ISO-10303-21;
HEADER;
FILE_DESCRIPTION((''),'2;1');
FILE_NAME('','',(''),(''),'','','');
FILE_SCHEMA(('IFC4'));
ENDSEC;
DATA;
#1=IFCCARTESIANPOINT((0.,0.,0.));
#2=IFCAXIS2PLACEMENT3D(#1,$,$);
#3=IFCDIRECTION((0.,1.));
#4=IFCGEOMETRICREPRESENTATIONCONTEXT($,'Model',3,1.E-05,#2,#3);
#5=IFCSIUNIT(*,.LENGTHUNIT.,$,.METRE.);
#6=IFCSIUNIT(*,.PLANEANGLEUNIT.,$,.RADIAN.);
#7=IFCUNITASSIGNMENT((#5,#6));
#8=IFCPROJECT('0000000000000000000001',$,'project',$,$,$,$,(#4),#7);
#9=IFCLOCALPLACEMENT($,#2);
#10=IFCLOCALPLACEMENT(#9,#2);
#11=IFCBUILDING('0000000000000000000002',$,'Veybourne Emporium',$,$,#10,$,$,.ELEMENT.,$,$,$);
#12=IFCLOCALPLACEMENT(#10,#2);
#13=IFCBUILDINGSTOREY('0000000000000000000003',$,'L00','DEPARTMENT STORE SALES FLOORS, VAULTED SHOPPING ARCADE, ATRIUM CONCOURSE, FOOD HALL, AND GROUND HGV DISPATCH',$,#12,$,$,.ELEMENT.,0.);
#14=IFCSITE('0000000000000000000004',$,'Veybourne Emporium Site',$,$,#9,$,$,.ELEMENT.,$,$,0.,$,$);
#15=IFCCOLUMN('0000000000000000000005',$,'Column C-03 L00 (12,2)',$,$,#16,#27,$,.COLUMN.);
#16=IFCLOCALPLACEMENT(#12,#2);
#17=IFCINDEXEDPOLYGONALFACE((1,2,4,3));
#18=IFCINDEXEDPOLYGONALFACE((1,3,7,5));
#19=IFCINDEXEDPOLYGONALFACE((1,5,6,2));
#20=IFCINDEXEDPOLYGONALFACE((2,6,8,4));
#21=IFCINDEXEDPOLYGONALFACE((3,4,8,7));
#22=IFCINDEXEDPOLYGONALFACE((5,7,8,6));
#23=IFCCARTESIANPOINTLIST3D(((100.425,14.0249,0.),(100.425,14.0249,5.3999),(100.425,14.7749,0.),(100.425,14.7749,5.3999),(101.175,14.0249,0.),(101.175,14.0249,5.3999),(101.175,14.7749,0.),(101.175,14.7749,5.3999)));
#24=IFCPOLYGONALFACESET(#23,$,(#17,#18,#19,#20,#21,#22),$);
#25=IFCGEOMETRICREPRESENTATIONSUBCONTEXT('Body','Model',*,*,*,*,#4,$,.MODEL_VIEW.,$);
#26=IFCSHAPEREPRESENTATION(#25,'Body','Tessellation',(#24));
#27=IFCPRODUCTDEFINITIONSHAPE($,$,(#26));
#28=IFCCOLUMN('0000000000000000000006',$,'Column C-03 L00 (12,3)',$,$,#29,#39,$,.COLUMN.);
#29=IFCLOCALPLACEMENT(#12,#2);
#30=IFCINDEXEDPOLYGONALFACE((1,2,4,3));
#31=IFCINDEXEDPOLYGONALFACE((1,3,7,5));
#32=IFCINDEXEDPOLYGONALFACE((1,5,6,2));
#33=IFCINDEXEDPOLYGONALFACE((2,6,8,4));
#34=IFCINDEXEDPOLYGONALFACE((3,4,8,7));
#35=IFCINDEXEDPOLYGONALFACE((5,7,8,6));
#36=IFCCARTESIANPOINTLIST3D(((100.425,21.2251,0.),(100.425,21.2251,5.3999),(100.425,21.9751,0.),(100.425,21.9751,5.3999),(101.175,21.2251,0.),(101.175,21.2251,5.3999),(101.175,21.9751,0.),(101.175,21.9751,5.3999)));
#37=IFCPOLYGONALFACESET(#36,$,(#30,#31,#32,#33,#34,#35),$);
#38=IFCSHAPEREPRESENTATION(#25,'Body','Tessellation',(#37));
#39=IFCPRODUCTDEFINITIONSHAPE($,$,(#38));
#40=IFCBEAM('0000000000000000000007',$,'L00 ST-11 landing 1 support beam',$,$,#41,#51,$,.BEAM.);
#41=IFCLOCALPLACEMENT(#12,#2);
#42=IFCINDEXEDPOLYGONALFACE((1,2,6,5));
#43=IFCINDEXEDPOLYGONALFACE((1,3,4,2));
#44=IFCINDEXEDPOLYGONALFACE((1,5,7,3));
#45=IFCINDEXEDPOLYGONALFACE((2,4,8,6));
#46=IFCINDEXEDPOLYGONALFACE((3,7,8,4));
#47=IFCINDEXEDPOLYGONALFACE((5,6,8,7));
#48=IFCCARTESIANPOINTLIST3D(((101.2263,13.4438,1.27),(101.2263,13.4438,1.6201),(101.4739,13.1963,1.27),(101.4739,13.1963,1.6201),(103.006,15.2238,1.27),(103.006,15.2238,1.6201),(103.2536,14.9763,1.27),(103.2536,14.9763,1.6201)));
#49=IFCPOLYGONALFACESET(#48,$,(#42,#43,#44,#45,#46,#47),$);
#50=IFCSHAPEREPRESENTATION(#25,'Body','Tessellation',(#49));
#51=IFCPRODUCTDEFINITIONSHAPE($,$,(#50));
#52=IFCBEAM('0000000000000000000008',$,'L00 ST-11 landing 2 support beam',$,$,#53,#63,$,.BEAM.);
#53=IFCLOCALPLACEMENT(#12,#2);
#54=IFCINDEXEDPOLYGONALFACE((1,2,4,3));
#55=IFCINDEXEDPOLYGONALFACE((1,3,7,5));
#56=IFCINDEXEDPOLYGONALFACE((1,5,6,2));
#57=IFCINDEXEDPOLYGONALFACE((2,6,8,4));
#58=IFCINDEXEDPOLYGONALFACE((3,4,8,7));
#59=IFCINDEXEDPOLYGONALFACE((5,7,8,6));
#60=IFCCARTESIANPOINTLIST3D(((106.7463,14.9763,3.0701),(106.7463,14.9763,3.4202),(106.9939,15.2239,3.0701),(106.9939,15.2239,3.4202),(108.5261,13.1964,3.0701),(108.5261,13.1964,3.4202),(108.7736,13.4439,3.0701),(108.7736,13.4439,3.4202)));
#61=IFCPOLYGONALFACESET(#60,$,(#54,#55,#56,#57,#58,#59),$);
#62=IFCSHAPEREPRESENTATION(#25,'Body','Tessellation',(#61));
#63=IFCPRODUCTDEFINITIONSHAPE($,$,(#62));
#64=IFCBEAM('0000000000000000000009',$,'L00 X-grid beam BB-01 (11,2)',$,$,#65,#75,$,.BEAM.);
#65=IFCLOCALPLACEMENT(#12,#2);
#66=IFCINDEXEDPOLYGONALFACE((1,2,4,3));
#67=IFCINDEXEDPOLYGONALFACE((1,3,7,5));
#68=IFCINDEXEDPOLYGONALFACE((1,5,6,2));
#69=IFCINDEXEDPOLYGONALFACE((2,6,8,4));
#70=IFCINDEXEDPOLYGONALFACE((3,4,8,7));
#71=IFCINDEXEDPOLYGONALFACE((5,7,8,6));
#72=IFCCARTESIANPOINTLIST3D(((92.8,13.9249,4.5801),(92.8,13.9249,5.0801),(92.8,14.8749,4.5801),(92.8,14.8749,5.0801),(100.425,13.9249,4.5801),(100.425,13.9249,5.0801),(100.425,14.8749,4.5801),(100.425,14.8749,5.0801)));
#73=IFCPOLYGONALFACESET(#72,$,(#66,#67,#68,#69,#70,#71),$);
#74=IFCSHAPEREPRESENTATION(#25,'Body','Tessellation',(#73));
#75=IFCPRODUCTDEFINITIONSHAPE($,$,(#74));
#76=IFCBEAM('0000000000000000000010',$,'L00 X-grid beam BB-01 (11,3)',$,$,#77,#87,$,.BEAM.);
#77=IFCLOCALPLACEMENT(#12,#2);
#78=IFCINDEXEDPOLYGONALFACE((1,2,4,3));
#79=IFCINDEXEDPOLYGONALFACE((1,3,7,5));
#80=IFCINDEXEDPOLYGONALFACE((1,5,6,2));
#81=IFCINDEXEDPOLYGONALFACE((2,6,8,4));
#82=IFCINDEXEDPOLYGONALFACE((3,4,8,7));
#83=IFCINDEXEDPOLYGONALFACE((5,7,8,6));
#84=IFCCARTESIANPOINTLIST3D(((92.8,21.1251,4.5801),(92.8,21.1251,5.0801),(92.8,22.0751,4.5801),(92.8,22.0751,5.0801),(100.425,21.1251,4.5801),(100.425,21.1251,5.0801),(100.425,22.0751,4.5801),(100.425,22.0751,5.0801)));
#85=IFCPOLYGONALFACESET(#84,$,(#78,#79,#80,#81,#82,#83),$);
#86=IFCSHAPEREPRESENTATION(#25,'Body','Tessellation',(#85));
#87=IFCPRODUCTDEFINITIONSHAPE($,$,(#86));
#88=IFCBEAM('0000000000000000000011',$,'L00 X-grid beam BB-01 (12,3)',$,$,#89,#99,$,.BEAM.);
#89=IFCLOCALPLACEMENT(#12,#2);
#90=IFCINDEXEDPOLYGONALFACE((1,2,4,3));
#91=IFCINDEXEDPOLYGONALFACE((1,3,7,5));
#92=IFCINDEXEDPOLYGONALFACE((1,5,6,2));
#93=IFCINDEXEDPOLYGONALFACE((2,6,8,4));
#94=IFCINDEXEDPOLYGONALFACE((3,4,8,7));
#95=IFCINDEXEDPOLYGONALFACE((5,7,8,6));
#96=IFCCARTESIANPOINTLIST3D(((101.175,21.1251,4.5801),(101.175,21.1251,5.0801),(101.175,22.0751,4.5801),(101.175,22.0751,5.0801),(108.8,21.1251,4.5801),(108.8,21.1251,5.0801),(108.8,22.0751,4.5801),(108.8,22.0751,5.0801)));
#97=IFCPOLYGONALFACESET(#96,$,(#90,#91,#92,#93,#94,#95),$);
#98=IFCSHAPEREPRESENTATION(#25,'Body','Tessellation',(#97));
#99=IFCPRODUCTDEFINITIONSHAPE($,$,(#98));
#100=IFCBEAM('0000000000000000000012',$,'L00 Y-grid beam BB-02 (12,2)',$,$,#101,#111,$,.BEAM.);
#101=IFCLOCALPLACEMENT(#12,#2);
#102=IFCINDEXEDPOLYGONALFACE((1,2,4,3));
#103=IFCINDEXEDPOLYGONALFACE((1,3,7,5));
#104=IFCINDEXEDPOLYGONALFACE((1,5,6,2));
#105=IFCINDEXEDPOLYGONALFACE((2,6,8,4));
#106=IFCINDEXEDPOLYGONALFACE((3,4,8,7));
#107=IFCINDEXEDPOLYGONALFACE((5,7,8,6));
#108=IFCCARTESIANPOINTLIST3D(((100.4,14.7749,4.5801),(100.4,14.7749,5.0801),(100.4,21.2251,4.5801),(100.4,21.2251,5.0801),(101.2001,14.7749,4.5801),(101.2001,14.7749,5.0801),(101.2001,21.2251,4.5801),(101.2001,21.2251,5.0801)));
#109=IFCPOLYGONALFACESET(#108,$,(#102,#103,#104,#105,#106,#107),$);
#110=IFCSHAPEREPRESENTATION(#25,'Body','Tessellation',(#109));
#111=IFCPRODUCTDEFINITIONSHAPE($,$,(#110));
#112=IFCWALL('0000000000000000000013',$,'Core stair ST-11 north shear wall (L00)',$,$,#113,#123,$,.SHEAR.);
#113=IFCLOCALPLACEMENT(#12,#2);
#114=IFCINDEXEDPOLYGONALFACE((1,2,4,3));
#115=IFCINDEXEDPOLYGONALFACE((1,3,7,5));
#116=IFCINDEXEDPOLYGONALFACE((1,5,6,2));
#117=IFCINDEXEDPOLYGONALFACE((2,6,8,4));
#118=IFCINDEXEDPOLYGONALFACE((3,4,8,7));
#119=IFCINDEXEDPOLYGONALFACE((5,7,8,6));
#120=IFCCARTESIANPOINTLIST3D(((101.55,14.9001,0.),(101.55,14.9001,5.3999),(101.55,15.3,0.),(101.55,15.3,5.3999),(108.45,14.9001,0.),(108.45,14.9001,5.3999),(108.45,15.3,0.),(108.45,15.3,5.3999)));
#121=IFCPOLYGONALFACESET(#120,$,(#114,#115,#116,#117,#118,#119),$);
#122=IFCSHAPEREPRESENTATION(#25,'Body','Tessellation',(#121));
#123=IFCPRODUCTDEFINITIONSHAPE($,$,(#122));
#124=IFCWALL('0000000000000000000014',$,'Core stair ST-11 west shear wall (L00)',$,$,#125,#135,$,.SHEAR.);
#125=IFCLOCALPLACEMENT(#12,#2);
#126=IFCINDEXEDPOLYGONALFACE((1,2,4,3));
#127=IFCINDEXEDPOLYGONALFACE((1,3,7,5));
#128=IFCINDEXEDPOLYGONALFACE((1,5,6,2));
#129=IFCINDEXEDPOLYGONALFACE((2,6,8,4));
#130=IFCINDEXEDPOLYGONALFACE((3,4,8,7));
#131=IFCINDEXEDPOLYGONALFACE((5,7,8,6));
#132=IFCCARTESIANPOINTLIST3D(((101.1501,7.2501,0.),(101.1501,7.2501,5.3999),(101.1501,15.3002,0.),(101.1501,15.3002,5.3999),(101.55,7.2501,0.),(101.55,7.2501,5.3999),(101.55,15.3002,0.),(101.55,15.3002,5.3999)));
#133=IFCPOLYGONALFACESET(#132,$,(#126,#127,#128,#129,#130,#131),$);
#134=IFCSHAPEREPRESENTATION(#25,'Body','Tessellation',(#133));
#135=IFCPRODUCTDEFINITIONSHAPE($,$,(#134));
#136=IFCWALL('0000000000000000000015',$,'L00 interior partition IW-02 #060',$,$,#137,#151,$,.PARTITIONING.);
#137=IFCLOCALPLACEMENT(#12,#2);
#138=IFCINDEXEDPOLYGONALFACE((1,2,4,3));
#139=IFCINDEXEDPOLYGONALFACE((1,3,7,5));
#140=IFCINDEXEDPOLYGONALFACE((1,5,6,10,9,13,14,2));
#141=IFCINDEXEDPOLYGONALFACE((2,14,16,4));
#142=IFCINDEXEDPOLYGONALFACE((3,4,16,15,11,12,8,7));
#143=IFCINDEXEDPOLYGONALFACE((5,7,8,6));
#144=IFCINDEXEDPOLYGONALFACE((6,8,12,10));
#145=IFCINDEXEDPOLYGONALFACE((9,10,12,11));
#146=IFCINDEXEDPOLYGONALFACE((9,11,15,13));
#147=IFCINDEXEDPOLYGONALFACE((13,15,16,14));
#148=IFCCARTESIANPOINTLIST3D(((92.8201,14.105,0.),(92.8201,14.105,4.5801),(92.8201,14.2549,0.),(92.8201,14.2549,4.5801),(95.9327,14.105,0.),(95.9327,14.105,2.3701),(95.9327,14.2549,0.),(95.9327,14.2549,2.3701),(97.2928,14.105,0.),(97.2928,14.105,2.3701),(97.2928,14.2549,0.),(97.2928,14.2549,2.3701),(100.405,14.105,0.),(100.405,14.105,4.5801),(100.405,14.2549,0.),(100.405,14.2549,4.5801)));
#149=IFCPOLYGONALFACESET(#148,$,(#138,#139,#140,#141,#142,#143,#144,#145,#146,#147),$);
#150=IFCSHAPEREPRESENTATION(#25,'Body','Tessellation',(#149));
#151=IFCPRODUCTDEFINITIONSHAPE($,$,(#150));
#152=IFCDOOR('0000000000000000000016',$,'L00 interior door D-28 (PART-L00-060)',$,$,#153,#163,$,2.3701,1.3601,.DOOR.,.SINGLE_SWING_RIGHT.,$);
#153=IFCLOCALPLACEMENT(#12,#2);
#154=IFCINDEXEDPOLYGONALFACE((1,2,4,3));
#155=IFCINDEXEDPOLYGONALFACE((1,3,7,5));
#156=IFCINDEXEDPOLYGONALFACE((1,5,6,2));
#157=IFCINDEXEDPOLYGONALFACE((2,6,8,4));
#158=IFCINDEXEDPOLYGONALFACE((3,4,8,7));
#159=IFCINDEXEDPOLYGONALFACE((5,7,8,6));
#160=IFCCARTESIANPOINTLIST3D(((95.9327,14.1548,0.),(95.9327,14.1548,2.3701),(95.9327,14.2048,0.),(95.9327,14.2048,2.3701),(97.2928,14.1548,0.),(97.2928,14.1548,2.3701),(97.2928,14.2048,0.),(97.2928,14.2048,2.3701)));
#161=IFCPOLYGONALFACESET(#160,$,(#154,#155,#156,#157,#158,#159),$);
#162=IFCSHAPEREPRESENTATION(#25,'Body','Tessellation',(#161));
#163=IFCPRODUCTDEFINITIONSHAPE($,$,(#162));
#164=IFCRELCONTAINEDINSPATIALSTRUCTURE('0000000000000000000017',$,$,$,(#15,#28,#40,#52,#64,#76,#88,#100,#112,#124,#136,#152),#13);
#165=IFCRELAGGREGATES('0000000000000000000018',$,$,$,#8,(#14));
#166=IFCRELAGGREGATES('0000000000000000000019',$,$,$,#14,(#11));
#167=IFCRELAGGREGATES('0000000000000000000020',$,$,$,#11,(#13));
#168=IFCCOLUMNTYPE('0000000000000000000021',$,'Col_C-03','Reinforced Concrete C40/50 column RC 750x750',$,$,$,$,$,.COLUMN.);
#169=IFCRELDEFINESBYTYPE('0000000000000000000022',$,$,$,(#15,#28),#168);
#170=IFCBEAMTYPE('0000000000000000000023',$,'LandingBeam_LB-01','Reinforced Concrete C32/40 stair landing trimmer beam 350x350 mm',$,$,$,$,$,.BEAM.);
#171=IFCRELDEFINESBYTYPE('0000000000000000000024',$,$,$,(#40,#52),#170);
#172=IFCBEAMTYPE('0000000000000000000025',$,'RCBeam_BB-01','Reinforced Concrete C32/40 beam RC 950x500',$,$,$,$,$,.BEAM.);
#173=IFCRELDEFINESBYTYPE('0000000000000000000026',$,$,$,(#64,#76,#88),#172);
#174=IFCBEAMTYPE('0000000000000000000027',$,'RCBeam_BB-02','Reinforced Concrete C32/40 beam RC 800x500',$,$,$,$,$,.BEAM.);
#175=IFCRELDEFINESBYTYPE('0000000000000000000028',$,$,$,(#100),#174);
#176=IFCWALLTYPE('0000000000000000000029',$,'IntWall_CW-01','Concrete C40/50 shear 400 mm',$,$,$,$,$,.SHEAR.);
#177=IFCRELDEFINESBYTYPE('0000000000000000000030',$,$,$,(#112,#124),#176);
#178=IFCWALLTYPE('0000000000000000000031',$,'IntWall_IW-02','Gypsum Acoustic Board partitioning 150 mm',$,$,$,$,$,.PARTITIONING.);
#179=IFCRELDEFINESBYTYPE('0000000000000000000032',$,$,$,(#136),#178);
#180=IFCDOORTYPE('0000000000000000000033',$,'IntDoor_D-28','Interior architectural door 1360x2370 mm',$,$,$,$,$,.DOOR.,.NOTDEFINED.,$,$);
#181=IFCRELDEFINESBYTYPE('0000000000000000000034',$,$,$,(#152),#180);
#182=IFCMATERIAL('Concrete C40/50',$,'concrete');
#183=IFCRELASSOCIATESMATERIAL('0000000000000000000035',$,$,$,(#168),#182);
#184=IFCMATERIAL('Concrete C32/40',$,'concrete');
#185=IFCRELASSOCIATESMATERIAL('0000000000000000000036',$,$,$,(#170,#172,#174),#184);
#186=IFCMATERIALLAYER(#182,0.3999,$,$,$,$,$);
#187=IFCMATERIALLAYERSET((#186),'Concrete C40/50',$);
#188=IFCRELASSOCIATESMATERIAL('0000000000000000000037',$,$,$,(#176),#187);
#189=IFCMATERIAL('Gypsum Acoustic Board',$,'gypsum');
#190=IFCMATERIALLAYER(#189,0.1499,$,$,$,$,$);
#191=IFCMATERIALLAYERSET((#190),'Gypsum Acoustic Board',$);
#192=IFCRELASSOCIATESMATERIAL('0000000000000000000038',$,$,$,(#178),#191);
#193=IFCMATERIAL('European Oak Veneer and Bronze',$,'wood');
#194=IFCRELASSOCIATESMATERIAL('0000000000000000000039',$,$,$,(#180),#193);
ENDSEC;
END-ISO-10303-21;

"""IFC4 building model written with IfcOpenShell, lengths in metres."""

from ifc_helpers import new_model, si_unit, direction, frame, frame_2d, origin, origin_2d, place, context, subcontext, project, spatial, rectangle, extrude, material, layer, layer_set, material_profile, profile_set, type_object, element, fill, save


model = new_model("IFC4")

# Units and contexts
model_context = context("Model", 3, precision=1e-05, world=origin(), true_north=direction((0.0, 1.0)))
body_context = subcontext(model_context, "Body", "Model", "MODEL_VIEW")
ifc_project = project(units=[si_unit("LENGTHUNIT", "METRE"), si_unit("PLANEANGLEUNIT", "RADIAN")], contexts=[model_context])

# Site, building, storey
site_placement = place(None, origin())
site = spatial("IfcSite", under=ifc_project, at=site_placement, Name="Veybourne Emporium Site", CompositionType="ELEMENT", RefElevation=0.0)
building_placement = place(site_placement, origin())
building = spatial("IfcBuilding", under=site, at=building_placement, Name="Veybourne Emporium", CompositionType="ELEMENT")
storey_placement = place(building_placement, origin())
storey = spatial("IfcBuildingStorey", under=building, at=storey_placement, Name="L00", Description="DEPARTMENT STORE SALES FLOORS, VAULTED SHOPPING ARCADE, ATRIUM CONCOURSE, FOOD HALL, AND GROUND HGV DISPATCH", CompositionType="ELEMENT", Elevation=0.0)

# Columns
ifc_material_1 = material(Name="Concrete C40/50", Category="concrete")
ifc_material_profile_1 = material_profile(ifc_material_1, rectangle(XDim=0.75, YDim=0.75, at=origin_2d()), Name="RC 750x750")
ifc_profile_set_1 = profile_set([ifc_material_profile_1], Name="Concrete C40/50")
column_type = type_object("IfcColumnType", Name="Col_C-03", Description="Reinforced Concrete C40/50 column RC 750x750", PredefinedType="COLUMN", material=ifc_profile_set_1)
for number, where, z_axis, x_axis, name in (
    (1, (100.8, 14.3999, 0.0), (0.0, 0.0, 1.0), (1.0, 0.0, 0.0), "Column C-03 L00 (12,2)"),
    (2, (100.8, 21.6001, 0.0), (0.0, 0.0, 1.0), (1.0, 0.0, 0.0), "Column C-03 L00 (12,3)"),
):
    element("IfcColumn", number, at=place(storey_placement, frame(where, z_axis=z_axis, x_axis=x_axis)), inside=storey, type_object=column_type, Name=name, PredefinedType="COLUMN", context=body_context, shape_type="SweptSolid", body=[
        extrude(rectangle(XDim=0.75, YDim=0.75, at=origin_2d()), origin(), (0.0, 0.0, 1.0), 5.3999),
    ])

# Beams
ifc_material_2 = material(Name="Concrete C32/40", Category="concrete")
ifc_material_profile_2 = material_profile(ifc_material_2, rectangle(XDim=0.3501, YDim=0.3501, at=origin_2d()), Name="RC 350x350")
ifc_profile_set_2 = profile_set([ifc_material_profile_2], Name="Concrete C32/40")
beam_type_1 = type_object("IfcBeamType", Name="LandingBeam_LB-01", Description="Reinforced Concrete C32/40 stair landing trimmer beam 350x350 mm", PredefinedType="BEAM", material=ifc_profile_set_2)
for number, where, z_axis, x_axis, name in (
    (3, (101.3501, 13.3201, 1.4451), (0.707058, 0.707155, 0.0), (-0.707155, 0.707058, 0.0), "L00 ST-11 landing 1 support beam"),
    (4, (106.8701, 15.1001, 3.2451), (0.707058, -0.707155, 0.0), (0.707155, 0.707058, 0.0), "L00 ST-11 landing 2 support beam"),
):
    element("IfcBeam", number, at=place(storey_placement, frame(where, z_axis=z_axis, x_axis=x_axis)), inside=storey, type_object=beam_type_1, Name=name, PredefinedType="BEAM", context=body_context, shape_type="SweptSolid", body=[
        extrude(rectangle(XDim=0.3501, YDim=0.3501, at=origin_2d()), origin(), (0.0, 0.0, 1.0), 2.5171),
    ])
ifc_material_profile_3 = material_profile(ifc_material_2, rectangle(XDim=0.95, YDim=0.5, at=origin_2d()), Name="RC 950x500")
ifc_profile_set_3 = profile_set([ifc_material_profile_3], Name="Concrete C32/40")
beam_type_2 = type_object("IfcBeamType", Name="RCBeam_BB-01", Description="Reinforced Concrete C32/40 beam RC 950x500", PredefinedType="BEAM", material=ifc_profile_set_3)
for number, where, z_axis, x_axis, name in (
    (5, (92.8, 14.3999, 4.8301), (1.0, 0.0, 0.0), (0.0, 1.0, 0.0), "L00 X-grid beam BB-01 (11,2)"),
    (6, (92.8, 21.6001, 4.8301), (1.0, 0.0, 0.0), (0.0, 1.0, 0.0), "L00 X-grid beam BB-01 (11,3)"),
    (7, (101.175, 21.6001, 4.8301), (1.0, 0.0, 0.0), (0.0, 1.0, 0.0), "L00 X-grid beam BB-01 (12,3)"),
):
    element("IfcBeam", number, at=place(storey_placement, frame(where, z_axis=z_axis, x_axis=x_axis)), inside=storey, type_object=beam_type_2, Name=name, PredefinedType="BEAM", context=body_context, shape_type="SweptSolid", body=[
        extrude(rectangle(XDim=0.95, YDim=0.5, at=origin_2d()), origin(), (0.0, 0.0, 1.0), 7.625),
    ])
ifc_material_profile_4 = material_profile(ifc_material_2, rectangle(XDim=0.8, YDim=0.5, at=origin_2d()), Name="RC 800x500")
ifc_profile_set_4 = profile_set([ifc_material_profile_4], Name="Concrete C32/40")
beam_type_3 = type_object("IfcBeamType", Name="RCBeam_BB-02", Description="Reinforced Concrete C32/40 beam RC 800x500", PredefinedType="BEAM", material=ifc_profile_set_4)
beam_placement = place(storey_placement, frame((100.8, 14.7749, 4.8301), z_axis=(0.0, 1.0, 0.0), x_axis=(-1.0, 0.0, 0.0)))
element("IfcBeam", 8, at=beam_placement, inside=storey, type_object=beam_type_3, Name="L00 Y-grid beam BB-02 (12,2)", PredefinedType="BEAM", context=body_context, shape_type="SweptSolid", body=[
    extrude(rectangle(XDim=0.8, YDim=0.5, at=origin_2d()), origin(), (0.0, 0.0, 1.0), 6.4502),
])

# Walls
ifc_layer_1 = layer(ifc_material_1, 0.3999)
ifc_layer_set_1 = layer_set([ifc_layer_1], Name="Concrete C40/50")
wall_type_1 = type_object("IfcWallType", Name="IntWall_CW-01", Description="Concrete C40/50 shear 400 mm", PredefinedType="SHEAR", material=ifc_layer_set_1)
wall_1_placement = place(storey_placement, frame((101.55, 15.1001, 0.0), z_axis=(0.0, 0.0, 1.0), x_axis=(1.0, 0.0, 0.0)))
element("IfcWall", 9, at=wall_1_placement, inside=storey, type_object=wall_type_1, Name="Core stair ST-11 north shear wall (L00)", PredefinedType="SHEAR", context=body_context, shape_type="SweptSolid", body=[
    extrude(rectangle(XDim=6.8999, YDim=0.3999, at=frame_2d((3.45, 0.0))), origin(), (0.0, 0.0, 1.0), 5.3999),
])
wall_2_placement = place(storey_placement, frame((101.3501, 15.3, 0.0), z_axis=(0.0, 0.0, 1.0), x_axis=(0.0, -1.0, 0.0)))
element("IfcWall", 10, at=wall_2_placement, inside=storey, type_object=wall_type_1, Name="Core stair ST-11 west shear wall (L00)", PredefinedType="SHEAR", context=body_context, shape_type="SweptSolid", body=[
    extrude(rectangle(XDim=8.05, YDim=0.3999, at=frame_2d((4.0249, 0.0))), origin(), (0.0, 0.0, 1.0), 5.3999),
])

# Wall, opening, door
ifc_material_3 = material(Name="Gypsum Acoustic Board", Category="gypsum")
ifc_layer_2 = layer(ifc_material_3, 0.1499)
ifc_layer_set_2 = layer_set([ifc_layer_2], Name="Gypsum Acoustic Board")
wall_type_2 = type_object("IfcWallType", Name="IntWall_IW-02", Description="Gypsum Acoustic Board partitioning 150 mm", PredefinedType="PARTITIONING", material=ifc_layer_set_2)
wall_3_placement = place(storey_placement, frame((92.8201, 14.1799, 0.0), z_axis=(0.0, 0.0, 1.0), x_axis=(1.0, 0.0, 0.0)))
wall_3 = element("IfcWall", 11, at=wall_3_placement, inside=storey, type_object=wall_type_2, Name="L00 interior partition IW-02 #060", PredefinedType="PARTITIONING", context=body_context, shape_type="SweptSolid", body=[
    extrude(rectangle(XDim=7.585, YDim=0.1499, at=frame_2d((3.7925, 0.0))), origin(), (0.0, 0.0, 1.0), 4.5801),
])
opening_placement = place(wall_3_placement, frame((3.1125, 0.0, 0.0)))
opening = element("IfcOpeningElement", 12, at=opening_placement, cuts=wall_3, PredefinedType="OPENING", context=body_context, shape_type="SweptSolid", body=[
    extrude(rectangle(XDim=1.3601, YDim=2.3701, at=frame_2d((0.6802, 1.1851))), frame((0.0, 0.095, 0.0), z_axis=(0.0, -1.0, 0.0), x_axis=(1.0, 0.0, 0.0)), (0.0, 0.0, 1.0), 0.1899),
])
ifc_material_4 = material(Name="European Oak Veneer and Bronze", Category="wood")
door_type = type_object("IfcDoorType", Name="IntDoor_D-28", Description="Interior architectural door 1360x2370 mm", OperationType="NOTDEFINED", PredefinedType="DOOR", material=ifc_material_4)
door_placement = place(opening_placement, origin())
door = element("IfcDoor", 13, at=door_placement, inside=storey, type_object=door_type, Name="L00 interior door D-28 (PART-L00-060)", OperationType="SINGLE_SWING_RIGHT", OverallHeight=2.3701, OverallWidth=1.3601, PredefinedType="DOOR", context=body_context, shape_type="SweptSolid", body=[
    extrude(rectangle(XDim=1.3601, YDim=2.3701, at=frame_2d((0.6802, 1.1851))), frame((0.0, 0.0249, 0.0), z_axis=(0.0, -1.0, 0.0), x_axis=(1.0, 0.0, 0.0)), (0.0, 0.0, 1.0), 0.05),
])
fill(opening, door)

save(model, "model.ifc")
